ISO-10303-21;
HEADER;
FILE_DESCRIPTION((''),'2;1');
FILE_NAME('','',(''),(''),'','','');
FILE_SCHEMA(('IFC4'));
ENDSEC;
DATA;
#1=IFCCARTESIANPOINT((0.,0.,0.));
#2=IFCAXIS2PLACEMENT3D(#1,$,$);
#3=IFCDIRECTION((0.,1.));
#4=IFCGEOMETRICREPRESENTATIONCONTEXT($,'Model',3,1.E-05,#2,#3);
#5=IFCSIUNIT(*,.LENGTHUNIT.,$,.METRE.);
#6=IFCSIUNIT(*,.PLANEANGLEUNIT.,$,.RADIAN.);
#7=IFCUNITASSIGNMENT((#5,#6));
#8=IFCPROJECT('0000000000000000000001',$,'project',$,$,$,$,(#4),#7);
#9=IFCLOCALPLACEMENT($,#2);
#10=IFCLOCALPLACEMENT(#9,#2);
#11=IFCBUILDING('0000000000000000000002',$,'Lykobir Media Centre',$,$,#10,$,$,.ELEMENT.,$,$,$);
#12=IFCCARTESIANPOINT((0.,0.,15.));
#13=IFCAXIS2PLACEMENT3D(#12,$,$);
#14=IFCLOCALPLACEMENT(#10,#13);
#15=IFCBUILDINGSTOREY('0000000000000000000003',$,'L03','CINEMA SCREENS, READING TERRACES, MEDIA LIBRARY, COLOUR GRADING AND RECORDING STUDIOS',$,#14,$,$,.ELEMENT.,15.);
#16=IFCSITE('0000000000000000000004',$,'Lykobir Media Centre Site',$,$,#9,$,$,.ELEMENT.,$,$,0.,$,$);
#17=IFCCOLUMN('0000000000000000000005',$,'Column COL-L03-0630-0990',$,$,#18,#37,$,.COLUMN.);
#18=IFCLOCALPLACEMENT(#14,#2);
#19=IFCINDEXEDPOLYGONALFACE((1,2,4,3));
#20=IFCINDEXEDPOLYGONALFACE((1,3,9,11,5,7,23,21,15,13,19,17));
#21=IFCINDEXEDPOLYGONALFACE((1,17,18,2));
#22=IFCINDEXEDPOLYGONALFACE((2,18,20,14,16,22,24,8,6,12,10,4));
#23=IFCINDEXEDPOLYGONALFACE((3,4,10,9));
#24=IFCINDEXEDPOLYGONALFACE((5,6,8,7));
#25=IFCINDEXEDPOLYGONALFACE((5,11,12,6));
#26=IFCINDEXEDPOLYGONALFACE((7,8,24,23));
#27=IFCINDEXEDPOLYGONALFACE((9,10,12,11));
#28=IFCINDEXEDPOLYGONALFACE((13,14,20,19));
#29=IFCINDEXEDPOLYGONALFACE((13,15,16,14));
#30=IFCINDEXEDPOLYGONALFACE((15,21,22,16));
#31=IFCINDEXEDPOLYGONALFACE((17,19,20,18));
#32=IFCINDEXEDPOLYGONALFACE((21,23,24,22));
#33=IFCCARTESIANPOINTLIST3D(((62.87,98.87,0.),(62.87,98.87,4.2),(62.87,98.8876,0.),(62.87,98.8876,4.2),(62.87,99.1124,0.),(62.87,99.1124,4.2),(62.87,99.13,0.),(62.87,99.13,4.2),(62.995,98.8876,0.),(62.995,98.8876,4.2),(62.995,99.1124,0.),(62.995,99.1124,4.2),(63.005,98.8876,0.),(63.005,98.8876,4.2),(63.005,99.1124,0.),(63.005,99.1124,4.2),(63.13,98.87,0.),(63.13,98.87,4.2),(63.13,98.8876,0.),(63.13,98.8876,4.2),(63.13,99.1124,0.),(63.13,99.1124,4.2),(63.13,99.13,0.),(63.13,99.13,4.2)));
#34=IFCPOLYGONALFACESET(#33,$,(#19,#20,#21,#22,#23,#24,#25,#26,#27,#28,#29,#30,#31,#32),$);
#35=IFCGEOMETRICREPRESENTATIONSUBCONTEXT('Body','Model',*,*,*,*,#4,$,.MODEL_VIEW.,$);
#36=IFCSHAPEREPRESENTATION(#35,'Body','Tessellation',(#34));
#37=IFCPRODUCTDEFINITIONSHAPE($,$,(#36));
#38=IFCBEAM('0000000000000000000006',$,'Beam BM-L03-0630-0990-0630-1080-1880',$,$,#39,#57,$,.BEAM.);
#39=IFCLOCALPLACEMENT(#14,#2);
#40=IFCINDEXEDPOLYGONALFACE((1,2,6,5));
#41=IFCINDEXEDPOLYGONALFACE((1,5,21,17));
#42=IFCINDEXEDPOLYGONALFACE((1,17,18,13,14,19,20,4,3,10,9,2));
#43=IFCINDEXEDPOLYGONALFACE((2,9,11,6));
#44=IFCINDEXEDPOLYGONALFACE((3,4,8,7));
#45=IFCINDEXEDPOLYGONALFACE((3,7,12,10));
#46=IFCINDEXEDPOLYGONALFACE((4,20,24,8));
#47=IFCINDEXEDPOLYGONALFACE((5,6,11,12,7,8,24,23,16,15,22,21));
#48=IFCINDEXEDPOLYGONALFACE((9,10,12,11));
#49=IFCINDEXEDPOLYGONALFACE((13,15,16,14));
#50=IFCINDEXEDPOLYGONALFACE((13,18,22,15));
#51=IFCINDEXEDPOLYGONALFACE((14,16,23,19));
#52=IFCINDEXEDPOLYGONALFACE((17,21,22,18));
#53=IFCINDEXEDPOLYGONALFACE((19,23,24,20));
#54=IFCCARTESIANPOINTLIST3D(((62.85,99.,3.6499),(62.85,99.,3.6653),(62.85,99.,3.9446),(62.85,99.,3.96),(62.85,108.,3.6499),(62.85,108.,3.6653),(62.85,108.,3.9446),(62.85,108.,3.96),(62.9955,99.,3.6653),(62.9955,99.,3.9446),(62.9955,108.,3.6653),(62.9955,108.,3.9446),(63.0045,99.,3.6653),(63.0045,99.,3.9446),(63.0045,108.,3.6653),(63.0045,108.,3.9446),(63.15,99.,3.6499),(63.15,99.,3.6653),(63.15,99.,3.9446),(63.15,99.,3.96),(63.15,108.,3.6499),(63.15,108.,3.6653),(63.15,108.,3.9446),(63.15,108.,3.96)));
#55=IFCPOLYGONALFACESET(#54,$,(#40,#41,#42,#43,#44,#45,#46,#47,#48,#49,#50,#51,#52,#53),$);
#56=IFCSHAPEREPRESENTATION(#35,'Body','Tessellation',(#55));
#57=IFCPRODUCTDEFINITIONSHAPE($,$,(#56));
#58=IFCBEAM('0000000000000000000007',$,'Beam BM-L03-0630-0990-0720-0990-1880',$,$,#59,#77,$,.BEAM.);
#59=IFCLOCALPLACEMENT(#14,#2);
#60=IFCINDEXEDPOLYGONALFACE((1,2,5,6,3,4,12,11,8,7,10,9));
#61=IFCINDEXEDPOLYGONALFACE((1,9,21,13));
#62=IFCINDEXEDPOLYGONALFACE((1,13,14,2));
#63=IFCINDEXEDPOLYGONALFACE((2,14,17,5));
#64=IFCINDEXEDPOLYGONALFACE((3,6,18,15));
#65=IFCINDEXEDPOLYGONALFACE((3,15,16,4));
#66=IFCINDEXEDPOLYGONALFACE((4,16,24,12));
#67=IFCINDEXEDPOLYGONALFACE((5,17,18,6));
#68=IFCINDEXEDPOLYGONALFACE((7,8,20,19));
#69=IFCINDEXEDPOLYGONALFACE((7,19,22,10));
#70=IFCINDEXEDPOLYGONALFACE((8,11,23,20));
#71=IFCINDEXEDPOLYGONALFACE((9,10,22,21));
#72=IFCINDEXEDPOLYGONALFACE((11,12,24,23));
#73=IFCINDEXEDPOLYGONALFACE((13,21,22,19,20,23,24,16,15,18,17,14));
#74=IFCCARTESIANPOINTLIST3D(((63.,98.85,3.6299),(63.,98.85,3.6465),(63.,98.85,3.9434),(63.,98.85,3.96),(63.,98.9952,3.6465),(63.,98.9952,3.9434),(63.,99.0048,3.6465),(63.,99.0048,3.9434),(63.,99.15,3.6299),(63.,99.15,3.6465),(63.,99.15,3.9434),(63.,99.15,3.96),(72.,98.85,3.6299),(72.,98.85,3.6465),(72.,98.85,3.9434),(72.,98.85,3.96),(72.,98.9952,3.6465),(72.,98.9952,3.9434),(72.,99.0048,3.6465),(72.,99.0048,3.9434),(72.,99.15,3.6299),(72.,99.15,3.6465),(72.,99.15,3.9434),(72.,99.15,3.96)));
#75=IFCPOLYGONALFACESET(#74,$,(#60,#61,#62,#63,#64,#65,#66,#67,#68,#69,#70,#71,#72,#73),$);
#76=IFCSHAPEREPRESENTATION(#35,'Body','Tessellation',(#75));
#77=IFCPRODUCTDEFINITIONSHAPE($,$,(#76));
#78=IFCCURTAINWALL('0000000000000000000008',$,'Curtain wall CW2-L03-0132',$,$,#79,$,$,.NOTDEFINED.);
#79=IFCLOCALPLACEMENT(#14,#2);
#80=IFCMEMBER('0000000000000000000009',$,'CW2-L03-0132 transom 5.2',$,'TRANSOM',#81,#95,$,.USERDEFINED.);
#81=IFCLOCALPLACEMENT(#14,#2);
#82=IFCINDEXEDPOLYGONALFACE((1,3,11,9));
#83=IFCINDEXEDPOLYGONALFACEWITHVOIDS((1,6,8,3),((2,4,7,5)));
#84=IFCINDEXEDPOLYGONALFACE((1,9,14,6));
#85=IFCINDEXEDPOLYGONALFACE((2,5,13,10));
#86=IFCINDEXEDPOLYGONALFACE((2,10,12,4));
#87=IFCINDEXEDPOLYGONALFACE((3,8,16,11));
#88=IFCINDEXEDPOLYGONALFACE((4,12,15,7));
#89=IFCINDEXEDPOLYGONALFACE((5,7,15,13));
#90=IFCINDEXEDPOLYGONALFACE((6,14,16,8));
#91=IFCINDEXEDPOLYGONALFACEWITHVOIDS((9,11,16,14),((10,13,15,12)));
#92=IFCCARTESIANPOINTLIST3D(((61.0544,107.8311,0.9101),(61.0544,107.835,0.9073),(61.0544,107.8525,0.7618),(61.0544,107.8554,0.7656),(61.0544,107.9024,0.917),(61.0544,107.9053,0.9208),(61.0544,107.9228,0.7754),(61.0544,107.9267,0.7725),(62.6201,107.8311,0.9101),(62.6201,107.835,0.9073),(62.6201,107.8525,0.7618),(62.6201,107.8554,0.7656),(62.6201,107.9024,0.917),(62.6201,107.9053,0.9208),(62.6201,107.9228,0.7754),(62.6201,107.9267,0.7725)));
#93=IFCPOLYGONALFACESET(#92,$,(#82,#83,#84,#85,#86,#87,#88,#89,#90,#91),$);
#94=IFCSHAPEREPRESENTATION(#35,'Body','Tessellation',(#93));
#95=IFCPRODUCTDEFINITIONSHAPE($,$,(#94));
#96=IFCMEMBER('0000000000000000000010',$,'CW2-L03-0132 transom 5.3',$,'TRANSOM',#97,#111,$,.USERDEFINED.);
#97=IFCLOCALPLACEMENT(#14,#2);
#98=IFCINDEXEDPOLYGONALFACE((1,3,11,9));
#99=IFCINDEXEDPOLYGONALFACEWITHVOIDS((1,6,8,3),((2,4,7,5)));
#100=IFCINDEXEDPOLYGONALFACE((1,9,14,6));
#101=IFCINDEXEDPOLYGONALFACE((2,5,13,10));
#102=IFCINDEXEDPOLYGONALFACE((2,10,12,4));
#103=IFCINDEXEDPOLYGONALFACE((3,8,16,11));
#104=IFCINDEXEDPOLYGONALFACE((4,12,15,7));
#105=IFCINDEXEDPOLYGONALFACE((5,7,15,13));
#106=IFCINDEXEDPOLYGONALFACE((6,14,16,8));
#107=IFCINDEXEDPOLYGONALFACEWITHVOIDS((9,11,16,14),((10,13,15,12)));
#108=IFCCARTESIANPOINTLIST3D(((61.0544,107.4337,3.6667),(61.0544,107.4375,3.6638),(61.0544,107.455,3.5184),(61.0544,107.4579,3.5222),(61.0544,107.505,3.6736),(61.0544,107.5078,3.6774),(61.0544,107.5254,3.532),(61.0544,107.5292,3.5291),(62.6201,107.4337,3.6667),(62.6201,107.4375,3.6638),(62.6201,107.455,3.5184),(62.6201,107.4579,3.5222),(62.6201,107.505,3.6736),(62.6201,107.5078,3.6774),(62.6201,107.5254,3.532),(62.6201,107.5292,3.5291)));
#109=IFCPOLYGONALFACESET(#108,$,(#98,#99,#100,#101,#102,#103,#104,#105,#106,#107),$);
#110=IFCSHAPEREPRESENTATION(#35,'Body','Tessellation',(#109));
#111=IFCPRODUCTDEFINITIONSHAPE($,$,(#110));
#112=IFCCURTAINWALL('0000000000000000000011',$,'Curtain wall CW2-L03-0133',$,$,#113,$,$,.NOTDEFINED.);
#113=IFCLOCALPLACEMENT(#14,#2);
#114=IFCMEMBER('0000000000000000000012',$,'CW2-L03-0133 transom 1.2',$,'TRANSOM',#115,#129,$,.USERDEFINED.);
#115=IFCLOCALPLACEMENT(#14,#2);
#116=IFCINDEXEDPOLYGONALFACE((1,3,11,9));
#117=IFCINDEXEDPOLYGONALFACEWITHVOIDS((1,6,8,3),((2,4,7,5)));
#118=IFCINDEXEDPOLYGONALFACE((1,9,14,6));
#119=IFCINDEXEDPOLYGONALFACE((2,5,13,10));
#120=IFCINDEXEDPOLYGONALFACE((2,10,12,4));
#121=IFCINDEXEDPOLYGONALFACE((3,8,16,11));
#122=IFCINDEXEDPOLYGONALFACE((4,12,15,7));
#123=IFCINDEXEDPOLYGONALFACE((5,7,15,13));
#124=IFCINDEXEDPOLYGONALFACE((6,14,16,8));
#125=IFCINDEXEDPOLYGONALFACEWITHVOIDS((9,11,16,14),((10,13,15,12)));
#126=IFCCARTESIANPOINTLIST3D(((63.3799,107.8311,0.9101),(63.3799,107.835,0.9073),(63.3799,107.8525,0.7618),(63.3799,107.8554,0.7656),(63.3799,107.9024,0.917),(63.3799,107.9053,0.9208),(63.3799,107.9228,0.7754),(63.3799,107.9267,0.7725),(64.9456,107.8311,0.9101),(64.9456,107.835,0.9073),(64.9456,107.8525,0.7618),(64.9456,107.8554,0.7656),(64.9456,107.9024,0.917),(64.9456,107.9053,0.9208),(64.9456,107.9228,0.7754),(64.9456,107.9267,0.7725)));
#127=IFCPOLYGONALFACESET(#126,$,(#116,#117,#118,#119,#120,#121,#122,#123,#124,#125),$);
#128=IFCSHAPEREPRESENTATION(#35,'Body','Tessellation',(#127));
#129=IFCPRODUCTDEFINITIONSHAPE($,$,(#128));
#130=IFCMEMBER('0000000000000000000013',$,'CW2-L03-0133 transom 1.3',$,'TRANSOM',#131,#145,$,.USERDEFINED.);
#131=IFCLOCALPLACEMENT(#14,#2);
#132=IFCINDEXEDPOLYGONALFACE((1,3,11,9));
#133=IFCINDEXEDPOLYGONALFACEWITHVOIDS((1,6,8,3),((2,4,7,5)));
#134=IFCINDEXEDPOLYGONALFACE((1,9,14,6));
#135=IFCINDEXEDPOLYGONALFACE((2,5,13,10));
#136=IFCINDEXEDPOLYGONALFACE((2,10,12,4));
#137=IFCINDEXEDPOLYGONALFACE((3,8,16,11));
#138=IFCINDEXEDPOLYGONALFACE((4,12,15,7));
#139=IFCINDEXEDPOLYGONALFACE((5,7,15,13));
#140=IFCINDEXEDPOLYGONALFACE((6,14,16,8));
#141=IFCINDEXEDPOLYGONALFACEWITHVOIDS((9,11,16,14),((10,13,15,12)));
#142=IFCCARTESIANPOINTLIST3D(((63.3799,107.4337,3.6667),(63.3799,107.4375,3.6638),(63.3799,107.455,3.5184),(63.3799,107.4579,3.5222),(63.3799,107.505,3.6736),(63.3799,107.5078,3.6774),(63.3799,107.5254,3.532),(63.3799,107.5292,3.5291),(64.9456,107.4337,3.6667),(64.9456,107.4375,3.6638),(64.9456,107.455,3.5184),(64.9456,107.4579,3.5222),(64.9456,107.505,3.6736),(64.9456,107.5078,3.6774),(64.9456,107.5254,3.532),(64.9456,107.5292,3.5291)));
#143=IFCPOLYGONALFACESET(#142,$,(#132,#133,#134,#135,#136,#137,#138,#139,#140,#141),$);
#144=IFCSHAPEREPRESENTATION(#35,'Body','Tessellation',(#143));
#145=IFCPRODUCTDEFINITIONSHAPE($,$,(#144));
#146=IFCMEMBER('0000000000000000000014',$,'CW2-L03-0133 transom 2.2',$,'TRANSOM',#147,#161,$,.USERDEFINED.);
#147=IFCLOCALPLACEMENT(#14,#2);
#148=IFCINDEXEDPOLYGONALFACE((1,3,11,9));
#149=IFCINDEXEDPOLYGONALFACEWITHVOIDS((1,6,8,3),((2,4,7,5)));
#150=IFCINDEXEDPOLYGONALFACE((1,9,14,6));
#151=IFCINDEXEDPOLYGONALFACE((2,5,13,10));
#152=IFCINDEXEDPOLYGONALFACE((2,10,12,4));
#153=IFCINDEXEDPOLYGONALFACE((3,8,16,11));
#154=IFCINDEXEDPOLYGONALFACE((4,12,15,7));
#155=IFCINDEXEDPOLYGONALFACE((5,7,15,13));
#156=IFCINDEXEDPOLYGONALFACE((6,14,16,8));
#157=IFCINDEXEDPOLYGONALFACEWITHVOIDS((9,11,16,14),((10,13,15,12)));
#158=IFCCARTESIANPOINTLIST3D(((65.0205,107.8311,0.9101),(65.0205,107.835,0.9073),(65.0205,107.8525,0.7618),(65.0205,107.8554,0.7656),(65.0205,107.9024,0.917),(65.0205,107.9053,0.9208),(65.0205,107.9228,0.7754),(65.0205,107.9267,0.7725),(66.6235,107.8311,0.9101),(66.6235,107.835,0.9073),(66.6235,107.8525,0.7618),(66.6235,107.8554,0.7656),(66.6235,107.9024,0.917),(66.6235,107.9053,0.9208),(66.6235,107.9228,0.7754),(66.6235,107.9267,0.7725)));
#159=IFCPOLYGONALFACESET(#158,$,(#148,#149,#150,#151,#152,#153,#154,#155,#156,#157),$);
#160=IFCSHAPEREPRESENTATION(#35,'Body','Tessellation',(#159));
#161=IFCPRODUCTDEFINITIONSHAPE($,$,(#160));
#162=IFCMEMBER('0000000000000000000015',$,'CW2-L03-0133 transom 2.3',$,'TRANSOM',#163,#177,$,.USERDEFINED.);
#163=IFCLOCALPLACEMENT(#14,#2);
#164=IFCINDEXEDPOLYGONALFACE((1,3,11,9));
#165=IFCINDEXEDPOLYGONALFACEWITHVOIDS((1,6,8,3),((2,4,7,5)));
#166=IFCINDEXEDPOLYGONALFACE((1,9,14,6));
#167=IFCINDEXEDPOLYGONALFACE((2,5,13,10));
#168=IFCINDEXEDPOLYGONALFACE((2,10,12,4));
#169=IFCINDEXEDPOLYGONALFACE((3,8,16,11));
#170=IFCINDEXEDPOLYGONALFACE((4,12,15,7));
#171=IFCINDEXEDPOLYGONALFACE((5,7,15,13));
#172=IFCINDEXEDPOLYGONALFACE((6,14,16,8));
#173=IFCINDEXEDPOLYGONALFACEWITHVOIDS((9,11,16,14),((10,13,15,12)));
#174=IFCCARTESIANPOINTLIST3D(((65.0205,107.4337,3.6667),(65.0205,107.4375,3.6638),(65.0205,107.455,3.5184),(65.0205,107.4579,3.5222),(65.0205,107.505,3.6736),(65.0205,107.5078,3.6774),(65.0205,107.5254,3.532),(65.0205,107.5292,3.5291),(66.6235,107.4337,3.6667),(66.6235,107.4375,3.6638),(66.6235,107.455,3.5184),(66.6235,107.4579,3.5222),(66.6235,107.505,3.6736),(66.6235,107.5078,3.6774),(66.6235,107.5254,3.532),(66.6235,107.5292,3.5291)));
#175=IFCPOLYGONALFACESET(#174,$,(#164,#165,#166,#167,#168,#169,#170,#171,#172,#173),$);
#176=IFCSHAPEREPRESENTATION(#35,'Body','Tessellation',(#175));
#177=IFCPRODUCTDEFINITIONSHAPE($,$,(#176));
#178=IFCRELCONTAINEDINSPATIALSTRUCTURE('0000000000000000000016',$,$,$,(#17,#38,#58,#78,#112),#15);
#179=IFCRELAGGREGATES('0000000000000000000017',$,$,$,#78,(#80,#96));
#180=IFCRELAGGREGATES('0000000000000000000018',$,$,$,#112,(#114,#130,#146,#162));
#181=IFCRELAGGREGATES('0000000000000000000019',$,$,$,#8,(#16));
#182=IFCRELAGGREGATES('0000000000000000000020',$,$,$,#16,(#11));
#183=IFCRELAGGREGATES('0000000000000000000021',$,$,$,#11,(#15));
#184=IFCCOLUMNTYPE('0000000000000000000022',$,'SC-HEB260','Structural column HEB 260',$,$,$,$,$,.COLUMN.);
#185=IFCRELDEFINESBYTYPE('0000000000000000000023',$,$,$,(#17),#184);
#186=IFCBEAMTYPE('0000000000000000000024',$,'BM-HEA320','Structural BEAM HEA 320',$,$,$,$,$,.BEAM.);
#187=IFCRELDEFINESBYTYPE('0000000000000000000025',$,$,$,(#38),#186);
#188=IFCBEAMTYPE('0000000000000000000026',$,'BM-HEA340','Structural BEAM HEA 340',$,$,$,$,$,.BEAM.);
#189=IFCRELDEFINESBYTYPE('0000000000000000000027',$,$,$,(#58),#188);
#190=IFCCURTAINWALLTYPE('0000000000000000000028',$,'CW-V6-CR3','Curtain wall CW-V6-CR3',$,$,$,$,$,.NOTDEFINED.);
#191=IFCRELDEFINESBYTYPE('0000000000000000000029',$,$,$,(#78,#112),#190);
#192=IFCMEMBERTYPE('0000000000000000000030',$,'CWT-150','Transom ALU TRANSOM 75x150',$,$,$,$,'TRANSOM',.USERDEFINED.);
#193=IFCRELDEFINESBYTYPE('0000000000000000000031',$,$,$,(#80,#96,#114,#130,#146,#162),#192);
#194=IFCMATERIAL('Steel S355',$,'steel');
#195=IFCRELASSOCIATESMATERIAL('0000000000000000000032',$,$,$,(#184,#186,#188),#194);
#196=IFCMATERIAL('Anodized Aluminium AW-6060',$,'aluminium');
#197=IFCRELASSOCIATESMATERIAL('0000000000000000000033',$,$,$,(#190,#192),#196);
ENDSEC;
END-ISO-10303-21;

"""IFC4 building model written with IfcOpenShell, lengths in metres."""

from ifc_helpers import new_model, si_unit, direction, frame, origin, origin_2d, place, context, subcontext, project, spatial, hollow_rectangle, i_section, extrude, material, material_profile, profile_set, type_object, element, aggregate, save


model = new_model("IFC4")

# Units and contexts
model_context = context("Model", 3, precision=1e-05, world=origin(), true_north=direction((0.0, 1.0)))
body_context = subcontext(model_context, "Body", "Model", "MODEL_VIEW")
ifc_project = project(units=[si_unit("LENGTHUNIT", "METRE"), si_unit("PLANEANGLEUNIT", "RADIAN")], contexts=[model_context])

# Site, building, storey
site_placement = place(None, origin())
site = spatial("IfcSite", under=ifc_project, at=site_placement, Name="Lykobir Media Centre Site", CompositionType="ELEMENT", RefElevation=0.0)
building_placement = place(site_placement, origin())
building = spatial("IfcBuilding", under=site, at=building_placement, Name="Lykobir Media Centre", CompositionType="ELEMENT")
storey_placement = place(building_placement, frame((0.0, 0.0, 15.0)))
storey = spatial("IfcBuildingStorey", under=building, at=storey_placement, Name="L03", Description="CINEMA SCREENS, READING TERRACES, MEDIA LIBRARY, COLOUR GRADING AND RECORDING STUDIOS", CompositionType="ELEMENT", Elevation=15.0)

# Column
ifc_material_1 = material(Name="Steel S355", Category="steel")
ifc_material_profile_1 = material_profile(ifc_material_1, i_section(OverallWidth=0.26, OverallDepth=0.26, WebThickness=0.01, FlangeThickness=0.0176, at=origin_2d()), Name="HEB 260")
ifc_profile_set_1 = profile_set([ifc_material_profile_1], Name="Steel S355")
column_type = type_object("IfcColumnType", Name="SC-HEB260", Description="Structural column HEB 260", PredefinedType="COLUMN", material=ifc_profile_set_1)
column_placement = place(storey_placement, frame((63.0, 99.0, 0.0), z_axis=(0.0, 0.0, 1.0), x_axis=(1.0, 0.0, 0.0)))
element("IfcColumn", 1, at=column_placement, inside=storey, type_object=column_type, Name="Column COL-L03-0630-0990", PredefinedType="COLUMN", context=body_context, shape_type="SweptSolid", body=[
    extrude(i_section(OverallWidth=0.26, OverallDepth=0.26, WebThickness=0.01, FlangeThickness=0.0176, at=origin_2d()), origin(), (0.0, 0.0, 1.0), 4.2),
])

# Beams
ifc_material_profile_2 = material_profile(ifc_material_1, i_section(OverallWidth=0.3, OverallDepth=0.3101, WebThickness=0.009, FlangeThickness=0.0154, at=origin_2d()), Name="HEA 320")
ifc_profile_set_2 = profile_set([ifc_material_profile_2], Name="Steel S355")
beam_type_1 = type_object("IfcBeamType", Name="BM-HEA320", Description="Structural BEAM HEA 320", PredefinedType="BEAM", material=ifc_profile_set_2)
beam_1_placement = place(storey_placement, frame((63.0, 99.0, 3.8049), z_axis=(0.0, 1.0, 0.0), x_axis=(-1.0, 0.0, 0.0)))
element("IfcBeam", 2, at=beam_1_placement, inside=storey, type_object=beam_type_1, Name="Beam BM-L03-0630-0990-0630-1080-1880", PredefinedType="BEAM", context=body_context, shape_type="SweptSolid", body=[
    extrude(i_section(OverallWidth=0.3, OverallDepth=0.3101, WebThickness=0.009, FlangeThickness=0.0154, at=origin_2d()), origin(), (0.0, 0.0, 1.0), 9.0),
])
ifc_material_profile_3 = material_profile(ifc_material_1, i_section(OverallWidth=0.3, OverallDepth=0.3301, WebThickness=0.0095, FlangeThickness=0.0166, at=origin_2d()), Name="HEA 340")
ifc_profile_set_3 = profile_set([ifc_material_profile_3], Name="Steel S355")
beam_type_2 = type_object("IfcBeamType", Name="BM-HEA340", Description="Structural BEAM HEA 340", PredefinedType="BEAM", material=ifc_profile_set_3)
beam_2_placement = place(storey_placement, frame((63.0, 99.0, 3.7949), z_axis=(1.0, 0.0, 0.0), x_axis=(0.0, 1.0, 0.0)))
element("IfcBeam", 3, at=beam_2_placement, inside=storey, type_object=beam_type_2, Name="Beam BM-L03-0630-0990-0720-0990-1880", PredefinedType="BEAM", context=body_context, shape_type="SweptSolid", body=[
    extrude(i_section(OverallWidth=0.3, OverallDepth=0.3301, WebThickness=0.0095, FlangeThickness=0.0166, at=origin_2d()), origin(), (0.0, 0.0, 1.0), 9.0),
])

# Curtain walls, members
ifc_material_2 = material(Name="Anodized Aluminium AW-6060", Category="aluminium")
curtain_wall_type = type_object("IfcCurtainWallType", Name="CW-V6-CR3", Description="Curtain wall CW-V6-CR3", PredefinedType="NOTDEFINED", material=ifc_material_2)
curtain_wall_1_placement = place(storey_placement, origin())
curtain_wall_1 = element("IfcCurtainWall", 4, at=curtain_wall_1_placement, inside=storey, type_object=curtain_wall_type, Name="Curtain wall CW2-L03-0132", PredefinedType="NOTDEFINED")
ifc_material_profile_4 = material_profile(ifc_material_2, hollow_rectangle(XDim=0.075, YDim=0.1499, WallThickness=0.0034, at=origin_2d()), Name="ALU TRANSOM 75x150")
ifc_profile_set_4 = profile_set([ifc_material_profile_4], Name="Anodized Aluminium AW-6060")
member_type = type_object("IfcMemberType", Name="CWT-150", Description="Transom ALU TRANSOM 75x150", ElementType="TRANSOM", PredefinedType="USERDEFINED", material=ifc_profile_set_4)
member_1_placement = place(storey_placement, frame((61.0544, 107.8789, 0.8413), z_axis=(1.0, 0.0, 0.0), x_axis=(0.0, 0.989776, 0.142629)))
member_1 = element("IfcMember", 5, at=member_1_placement, type_object=member_type, Name="CW2-L03-0132 transom 5.2", ObjectType="TRANSOM", PredefinedType="USERDEFINED", context=body_context, shape_type="SweptSolid", body=[
    extrude(hollow_rectangle(XDim=0.075, YDim=0.1499, WallThickness=0.0034, at=origin_2d()), origin(), (0.0, 0.0, 1.0), 1.5657),
])
member_2_placement = place(storey_placement, frame((61.0544, 107.4814, 3.5979), z_axis=(1.0, 0.0, 0.0), x_axis=(0.0, 0.989776, 0.142629)))
member_2 = element("IfcMember", 6, at=member_2_placement, type_object=member_type, Name="CW2-L03-0132 transom 5.3", ObjectType="TRANSOM", PredefinedType="USERDEFINED", context=body_context, shape_type="SweptSolid", body=[
    extrude(hollow_rectangle(XDim=0.075, YDim=0.1499, WallThickness=0.0034, at=origin_2d()), origin(), (0.0, 0.0, 1.0), 1.5657),
])
curtain_wall_2_placement = place(storey_placement, origin())
curtain_wall_2 = element("IfcCurtainWall", 7, at=curtain_wall_2_placement, inside=storey, type_object=curtain_wall_type, Name="Curtain wall CW2-L03-0133", PredefinedType="NOTDEFINED")
member_3_placement = place(storey_placement, frame((63.3799, 107.8789, 0.8413), z_axis=(1.0, 0.0, 0.0), x_axis=(0.0, 0.989776, 0.142629)))
member_3 = element("IfcMember", 8, at=member_3_placement, type_object=member_type, Name="CW2-L03-0133 transom 1.2", ObjectType="TRANSOM", PredefinedType="USERDEFINED", context=body_context, shape_type="SweptSolid", body=[
    extrude(hollow_rectangle(XDim=0.075, YDim=0.1499, WallThickness=0.0034, at=origin_2d()), origin(), (0.0, 0.0, 1.0), 1.5657),
])
member_4_placement = place(storey_placement, frame((63.3799, 107.4814, 3.5979), z_axis=(1.0, 0.0, 0.0), x_axis=(0.0, 0.989776, 0.142629)))
member_4 = element("IfcMember", 9, at=member_4_placement, type_object=member_type, Name="CW2-L03-0133 transom 1.3", ObjectType="TRANSOM", PredefinedType="USERDEFINED", context=body_context, shape_type="SweptSolid", body=[
    extrude(hollow_rectangle(XDim=0.075, YDim=0.1499, WallThickness=0.0034, at=origin_2d()), origin(), (0.0, 0.0, 1.0), 1.5657),
])
member_5_placement = place(storey_placement, frame((65.0205, 107.8789, 0.8413), z_axis=(1.0, 0.0, 0.0), x_axis=(0.0, 0.989776, 0.142629)))
member_5 = element("IfcMember", 10, at=member_5_placement, type_object=member_type, Name="CW2-L03-0133 transom 2.2", ObjectType="TRANSOM", PredefinedType="USERDEFINED", context=body_context, shape_type="SweptSolid", body=[
    extrude(hollow_rectangle(XDim=0.075, YDim=0.1499, WallThickness=0.0034, at=origin_2d()), origin(), (0.0, 0.0, 1.0), 1.603),
])
member_6_placement = place(storey_placement, frame((65.0205, 107.4814, 3.5979), z_axis=(1.0, 0.0, 0.0), x_axis=(0.0, 0.989776, 0.142629)))
member_6 = element("IfcMember", 11, at=member_6_placement, type_object=member_type, Name="CW2-L03-0133 transom 2.3", ObjectType="TRANSOM", PredefinedType="USERDEFINED", context=body_context, shape_type="SweptSolid", body=[
    extrude(hollow_rectangle(XDim=0.075, YDim=0.1499, WallThickness=0.0034, at=origin_2d()), origin(), (0.0, 0.0, 1.0), 1.603),
])

aggregate(curtain_wall_1, [member_1, member_2])
aggregate(curtain_wall_2, [member_3, member_4, member_5, member_6])

save(model, "model.ifc")
